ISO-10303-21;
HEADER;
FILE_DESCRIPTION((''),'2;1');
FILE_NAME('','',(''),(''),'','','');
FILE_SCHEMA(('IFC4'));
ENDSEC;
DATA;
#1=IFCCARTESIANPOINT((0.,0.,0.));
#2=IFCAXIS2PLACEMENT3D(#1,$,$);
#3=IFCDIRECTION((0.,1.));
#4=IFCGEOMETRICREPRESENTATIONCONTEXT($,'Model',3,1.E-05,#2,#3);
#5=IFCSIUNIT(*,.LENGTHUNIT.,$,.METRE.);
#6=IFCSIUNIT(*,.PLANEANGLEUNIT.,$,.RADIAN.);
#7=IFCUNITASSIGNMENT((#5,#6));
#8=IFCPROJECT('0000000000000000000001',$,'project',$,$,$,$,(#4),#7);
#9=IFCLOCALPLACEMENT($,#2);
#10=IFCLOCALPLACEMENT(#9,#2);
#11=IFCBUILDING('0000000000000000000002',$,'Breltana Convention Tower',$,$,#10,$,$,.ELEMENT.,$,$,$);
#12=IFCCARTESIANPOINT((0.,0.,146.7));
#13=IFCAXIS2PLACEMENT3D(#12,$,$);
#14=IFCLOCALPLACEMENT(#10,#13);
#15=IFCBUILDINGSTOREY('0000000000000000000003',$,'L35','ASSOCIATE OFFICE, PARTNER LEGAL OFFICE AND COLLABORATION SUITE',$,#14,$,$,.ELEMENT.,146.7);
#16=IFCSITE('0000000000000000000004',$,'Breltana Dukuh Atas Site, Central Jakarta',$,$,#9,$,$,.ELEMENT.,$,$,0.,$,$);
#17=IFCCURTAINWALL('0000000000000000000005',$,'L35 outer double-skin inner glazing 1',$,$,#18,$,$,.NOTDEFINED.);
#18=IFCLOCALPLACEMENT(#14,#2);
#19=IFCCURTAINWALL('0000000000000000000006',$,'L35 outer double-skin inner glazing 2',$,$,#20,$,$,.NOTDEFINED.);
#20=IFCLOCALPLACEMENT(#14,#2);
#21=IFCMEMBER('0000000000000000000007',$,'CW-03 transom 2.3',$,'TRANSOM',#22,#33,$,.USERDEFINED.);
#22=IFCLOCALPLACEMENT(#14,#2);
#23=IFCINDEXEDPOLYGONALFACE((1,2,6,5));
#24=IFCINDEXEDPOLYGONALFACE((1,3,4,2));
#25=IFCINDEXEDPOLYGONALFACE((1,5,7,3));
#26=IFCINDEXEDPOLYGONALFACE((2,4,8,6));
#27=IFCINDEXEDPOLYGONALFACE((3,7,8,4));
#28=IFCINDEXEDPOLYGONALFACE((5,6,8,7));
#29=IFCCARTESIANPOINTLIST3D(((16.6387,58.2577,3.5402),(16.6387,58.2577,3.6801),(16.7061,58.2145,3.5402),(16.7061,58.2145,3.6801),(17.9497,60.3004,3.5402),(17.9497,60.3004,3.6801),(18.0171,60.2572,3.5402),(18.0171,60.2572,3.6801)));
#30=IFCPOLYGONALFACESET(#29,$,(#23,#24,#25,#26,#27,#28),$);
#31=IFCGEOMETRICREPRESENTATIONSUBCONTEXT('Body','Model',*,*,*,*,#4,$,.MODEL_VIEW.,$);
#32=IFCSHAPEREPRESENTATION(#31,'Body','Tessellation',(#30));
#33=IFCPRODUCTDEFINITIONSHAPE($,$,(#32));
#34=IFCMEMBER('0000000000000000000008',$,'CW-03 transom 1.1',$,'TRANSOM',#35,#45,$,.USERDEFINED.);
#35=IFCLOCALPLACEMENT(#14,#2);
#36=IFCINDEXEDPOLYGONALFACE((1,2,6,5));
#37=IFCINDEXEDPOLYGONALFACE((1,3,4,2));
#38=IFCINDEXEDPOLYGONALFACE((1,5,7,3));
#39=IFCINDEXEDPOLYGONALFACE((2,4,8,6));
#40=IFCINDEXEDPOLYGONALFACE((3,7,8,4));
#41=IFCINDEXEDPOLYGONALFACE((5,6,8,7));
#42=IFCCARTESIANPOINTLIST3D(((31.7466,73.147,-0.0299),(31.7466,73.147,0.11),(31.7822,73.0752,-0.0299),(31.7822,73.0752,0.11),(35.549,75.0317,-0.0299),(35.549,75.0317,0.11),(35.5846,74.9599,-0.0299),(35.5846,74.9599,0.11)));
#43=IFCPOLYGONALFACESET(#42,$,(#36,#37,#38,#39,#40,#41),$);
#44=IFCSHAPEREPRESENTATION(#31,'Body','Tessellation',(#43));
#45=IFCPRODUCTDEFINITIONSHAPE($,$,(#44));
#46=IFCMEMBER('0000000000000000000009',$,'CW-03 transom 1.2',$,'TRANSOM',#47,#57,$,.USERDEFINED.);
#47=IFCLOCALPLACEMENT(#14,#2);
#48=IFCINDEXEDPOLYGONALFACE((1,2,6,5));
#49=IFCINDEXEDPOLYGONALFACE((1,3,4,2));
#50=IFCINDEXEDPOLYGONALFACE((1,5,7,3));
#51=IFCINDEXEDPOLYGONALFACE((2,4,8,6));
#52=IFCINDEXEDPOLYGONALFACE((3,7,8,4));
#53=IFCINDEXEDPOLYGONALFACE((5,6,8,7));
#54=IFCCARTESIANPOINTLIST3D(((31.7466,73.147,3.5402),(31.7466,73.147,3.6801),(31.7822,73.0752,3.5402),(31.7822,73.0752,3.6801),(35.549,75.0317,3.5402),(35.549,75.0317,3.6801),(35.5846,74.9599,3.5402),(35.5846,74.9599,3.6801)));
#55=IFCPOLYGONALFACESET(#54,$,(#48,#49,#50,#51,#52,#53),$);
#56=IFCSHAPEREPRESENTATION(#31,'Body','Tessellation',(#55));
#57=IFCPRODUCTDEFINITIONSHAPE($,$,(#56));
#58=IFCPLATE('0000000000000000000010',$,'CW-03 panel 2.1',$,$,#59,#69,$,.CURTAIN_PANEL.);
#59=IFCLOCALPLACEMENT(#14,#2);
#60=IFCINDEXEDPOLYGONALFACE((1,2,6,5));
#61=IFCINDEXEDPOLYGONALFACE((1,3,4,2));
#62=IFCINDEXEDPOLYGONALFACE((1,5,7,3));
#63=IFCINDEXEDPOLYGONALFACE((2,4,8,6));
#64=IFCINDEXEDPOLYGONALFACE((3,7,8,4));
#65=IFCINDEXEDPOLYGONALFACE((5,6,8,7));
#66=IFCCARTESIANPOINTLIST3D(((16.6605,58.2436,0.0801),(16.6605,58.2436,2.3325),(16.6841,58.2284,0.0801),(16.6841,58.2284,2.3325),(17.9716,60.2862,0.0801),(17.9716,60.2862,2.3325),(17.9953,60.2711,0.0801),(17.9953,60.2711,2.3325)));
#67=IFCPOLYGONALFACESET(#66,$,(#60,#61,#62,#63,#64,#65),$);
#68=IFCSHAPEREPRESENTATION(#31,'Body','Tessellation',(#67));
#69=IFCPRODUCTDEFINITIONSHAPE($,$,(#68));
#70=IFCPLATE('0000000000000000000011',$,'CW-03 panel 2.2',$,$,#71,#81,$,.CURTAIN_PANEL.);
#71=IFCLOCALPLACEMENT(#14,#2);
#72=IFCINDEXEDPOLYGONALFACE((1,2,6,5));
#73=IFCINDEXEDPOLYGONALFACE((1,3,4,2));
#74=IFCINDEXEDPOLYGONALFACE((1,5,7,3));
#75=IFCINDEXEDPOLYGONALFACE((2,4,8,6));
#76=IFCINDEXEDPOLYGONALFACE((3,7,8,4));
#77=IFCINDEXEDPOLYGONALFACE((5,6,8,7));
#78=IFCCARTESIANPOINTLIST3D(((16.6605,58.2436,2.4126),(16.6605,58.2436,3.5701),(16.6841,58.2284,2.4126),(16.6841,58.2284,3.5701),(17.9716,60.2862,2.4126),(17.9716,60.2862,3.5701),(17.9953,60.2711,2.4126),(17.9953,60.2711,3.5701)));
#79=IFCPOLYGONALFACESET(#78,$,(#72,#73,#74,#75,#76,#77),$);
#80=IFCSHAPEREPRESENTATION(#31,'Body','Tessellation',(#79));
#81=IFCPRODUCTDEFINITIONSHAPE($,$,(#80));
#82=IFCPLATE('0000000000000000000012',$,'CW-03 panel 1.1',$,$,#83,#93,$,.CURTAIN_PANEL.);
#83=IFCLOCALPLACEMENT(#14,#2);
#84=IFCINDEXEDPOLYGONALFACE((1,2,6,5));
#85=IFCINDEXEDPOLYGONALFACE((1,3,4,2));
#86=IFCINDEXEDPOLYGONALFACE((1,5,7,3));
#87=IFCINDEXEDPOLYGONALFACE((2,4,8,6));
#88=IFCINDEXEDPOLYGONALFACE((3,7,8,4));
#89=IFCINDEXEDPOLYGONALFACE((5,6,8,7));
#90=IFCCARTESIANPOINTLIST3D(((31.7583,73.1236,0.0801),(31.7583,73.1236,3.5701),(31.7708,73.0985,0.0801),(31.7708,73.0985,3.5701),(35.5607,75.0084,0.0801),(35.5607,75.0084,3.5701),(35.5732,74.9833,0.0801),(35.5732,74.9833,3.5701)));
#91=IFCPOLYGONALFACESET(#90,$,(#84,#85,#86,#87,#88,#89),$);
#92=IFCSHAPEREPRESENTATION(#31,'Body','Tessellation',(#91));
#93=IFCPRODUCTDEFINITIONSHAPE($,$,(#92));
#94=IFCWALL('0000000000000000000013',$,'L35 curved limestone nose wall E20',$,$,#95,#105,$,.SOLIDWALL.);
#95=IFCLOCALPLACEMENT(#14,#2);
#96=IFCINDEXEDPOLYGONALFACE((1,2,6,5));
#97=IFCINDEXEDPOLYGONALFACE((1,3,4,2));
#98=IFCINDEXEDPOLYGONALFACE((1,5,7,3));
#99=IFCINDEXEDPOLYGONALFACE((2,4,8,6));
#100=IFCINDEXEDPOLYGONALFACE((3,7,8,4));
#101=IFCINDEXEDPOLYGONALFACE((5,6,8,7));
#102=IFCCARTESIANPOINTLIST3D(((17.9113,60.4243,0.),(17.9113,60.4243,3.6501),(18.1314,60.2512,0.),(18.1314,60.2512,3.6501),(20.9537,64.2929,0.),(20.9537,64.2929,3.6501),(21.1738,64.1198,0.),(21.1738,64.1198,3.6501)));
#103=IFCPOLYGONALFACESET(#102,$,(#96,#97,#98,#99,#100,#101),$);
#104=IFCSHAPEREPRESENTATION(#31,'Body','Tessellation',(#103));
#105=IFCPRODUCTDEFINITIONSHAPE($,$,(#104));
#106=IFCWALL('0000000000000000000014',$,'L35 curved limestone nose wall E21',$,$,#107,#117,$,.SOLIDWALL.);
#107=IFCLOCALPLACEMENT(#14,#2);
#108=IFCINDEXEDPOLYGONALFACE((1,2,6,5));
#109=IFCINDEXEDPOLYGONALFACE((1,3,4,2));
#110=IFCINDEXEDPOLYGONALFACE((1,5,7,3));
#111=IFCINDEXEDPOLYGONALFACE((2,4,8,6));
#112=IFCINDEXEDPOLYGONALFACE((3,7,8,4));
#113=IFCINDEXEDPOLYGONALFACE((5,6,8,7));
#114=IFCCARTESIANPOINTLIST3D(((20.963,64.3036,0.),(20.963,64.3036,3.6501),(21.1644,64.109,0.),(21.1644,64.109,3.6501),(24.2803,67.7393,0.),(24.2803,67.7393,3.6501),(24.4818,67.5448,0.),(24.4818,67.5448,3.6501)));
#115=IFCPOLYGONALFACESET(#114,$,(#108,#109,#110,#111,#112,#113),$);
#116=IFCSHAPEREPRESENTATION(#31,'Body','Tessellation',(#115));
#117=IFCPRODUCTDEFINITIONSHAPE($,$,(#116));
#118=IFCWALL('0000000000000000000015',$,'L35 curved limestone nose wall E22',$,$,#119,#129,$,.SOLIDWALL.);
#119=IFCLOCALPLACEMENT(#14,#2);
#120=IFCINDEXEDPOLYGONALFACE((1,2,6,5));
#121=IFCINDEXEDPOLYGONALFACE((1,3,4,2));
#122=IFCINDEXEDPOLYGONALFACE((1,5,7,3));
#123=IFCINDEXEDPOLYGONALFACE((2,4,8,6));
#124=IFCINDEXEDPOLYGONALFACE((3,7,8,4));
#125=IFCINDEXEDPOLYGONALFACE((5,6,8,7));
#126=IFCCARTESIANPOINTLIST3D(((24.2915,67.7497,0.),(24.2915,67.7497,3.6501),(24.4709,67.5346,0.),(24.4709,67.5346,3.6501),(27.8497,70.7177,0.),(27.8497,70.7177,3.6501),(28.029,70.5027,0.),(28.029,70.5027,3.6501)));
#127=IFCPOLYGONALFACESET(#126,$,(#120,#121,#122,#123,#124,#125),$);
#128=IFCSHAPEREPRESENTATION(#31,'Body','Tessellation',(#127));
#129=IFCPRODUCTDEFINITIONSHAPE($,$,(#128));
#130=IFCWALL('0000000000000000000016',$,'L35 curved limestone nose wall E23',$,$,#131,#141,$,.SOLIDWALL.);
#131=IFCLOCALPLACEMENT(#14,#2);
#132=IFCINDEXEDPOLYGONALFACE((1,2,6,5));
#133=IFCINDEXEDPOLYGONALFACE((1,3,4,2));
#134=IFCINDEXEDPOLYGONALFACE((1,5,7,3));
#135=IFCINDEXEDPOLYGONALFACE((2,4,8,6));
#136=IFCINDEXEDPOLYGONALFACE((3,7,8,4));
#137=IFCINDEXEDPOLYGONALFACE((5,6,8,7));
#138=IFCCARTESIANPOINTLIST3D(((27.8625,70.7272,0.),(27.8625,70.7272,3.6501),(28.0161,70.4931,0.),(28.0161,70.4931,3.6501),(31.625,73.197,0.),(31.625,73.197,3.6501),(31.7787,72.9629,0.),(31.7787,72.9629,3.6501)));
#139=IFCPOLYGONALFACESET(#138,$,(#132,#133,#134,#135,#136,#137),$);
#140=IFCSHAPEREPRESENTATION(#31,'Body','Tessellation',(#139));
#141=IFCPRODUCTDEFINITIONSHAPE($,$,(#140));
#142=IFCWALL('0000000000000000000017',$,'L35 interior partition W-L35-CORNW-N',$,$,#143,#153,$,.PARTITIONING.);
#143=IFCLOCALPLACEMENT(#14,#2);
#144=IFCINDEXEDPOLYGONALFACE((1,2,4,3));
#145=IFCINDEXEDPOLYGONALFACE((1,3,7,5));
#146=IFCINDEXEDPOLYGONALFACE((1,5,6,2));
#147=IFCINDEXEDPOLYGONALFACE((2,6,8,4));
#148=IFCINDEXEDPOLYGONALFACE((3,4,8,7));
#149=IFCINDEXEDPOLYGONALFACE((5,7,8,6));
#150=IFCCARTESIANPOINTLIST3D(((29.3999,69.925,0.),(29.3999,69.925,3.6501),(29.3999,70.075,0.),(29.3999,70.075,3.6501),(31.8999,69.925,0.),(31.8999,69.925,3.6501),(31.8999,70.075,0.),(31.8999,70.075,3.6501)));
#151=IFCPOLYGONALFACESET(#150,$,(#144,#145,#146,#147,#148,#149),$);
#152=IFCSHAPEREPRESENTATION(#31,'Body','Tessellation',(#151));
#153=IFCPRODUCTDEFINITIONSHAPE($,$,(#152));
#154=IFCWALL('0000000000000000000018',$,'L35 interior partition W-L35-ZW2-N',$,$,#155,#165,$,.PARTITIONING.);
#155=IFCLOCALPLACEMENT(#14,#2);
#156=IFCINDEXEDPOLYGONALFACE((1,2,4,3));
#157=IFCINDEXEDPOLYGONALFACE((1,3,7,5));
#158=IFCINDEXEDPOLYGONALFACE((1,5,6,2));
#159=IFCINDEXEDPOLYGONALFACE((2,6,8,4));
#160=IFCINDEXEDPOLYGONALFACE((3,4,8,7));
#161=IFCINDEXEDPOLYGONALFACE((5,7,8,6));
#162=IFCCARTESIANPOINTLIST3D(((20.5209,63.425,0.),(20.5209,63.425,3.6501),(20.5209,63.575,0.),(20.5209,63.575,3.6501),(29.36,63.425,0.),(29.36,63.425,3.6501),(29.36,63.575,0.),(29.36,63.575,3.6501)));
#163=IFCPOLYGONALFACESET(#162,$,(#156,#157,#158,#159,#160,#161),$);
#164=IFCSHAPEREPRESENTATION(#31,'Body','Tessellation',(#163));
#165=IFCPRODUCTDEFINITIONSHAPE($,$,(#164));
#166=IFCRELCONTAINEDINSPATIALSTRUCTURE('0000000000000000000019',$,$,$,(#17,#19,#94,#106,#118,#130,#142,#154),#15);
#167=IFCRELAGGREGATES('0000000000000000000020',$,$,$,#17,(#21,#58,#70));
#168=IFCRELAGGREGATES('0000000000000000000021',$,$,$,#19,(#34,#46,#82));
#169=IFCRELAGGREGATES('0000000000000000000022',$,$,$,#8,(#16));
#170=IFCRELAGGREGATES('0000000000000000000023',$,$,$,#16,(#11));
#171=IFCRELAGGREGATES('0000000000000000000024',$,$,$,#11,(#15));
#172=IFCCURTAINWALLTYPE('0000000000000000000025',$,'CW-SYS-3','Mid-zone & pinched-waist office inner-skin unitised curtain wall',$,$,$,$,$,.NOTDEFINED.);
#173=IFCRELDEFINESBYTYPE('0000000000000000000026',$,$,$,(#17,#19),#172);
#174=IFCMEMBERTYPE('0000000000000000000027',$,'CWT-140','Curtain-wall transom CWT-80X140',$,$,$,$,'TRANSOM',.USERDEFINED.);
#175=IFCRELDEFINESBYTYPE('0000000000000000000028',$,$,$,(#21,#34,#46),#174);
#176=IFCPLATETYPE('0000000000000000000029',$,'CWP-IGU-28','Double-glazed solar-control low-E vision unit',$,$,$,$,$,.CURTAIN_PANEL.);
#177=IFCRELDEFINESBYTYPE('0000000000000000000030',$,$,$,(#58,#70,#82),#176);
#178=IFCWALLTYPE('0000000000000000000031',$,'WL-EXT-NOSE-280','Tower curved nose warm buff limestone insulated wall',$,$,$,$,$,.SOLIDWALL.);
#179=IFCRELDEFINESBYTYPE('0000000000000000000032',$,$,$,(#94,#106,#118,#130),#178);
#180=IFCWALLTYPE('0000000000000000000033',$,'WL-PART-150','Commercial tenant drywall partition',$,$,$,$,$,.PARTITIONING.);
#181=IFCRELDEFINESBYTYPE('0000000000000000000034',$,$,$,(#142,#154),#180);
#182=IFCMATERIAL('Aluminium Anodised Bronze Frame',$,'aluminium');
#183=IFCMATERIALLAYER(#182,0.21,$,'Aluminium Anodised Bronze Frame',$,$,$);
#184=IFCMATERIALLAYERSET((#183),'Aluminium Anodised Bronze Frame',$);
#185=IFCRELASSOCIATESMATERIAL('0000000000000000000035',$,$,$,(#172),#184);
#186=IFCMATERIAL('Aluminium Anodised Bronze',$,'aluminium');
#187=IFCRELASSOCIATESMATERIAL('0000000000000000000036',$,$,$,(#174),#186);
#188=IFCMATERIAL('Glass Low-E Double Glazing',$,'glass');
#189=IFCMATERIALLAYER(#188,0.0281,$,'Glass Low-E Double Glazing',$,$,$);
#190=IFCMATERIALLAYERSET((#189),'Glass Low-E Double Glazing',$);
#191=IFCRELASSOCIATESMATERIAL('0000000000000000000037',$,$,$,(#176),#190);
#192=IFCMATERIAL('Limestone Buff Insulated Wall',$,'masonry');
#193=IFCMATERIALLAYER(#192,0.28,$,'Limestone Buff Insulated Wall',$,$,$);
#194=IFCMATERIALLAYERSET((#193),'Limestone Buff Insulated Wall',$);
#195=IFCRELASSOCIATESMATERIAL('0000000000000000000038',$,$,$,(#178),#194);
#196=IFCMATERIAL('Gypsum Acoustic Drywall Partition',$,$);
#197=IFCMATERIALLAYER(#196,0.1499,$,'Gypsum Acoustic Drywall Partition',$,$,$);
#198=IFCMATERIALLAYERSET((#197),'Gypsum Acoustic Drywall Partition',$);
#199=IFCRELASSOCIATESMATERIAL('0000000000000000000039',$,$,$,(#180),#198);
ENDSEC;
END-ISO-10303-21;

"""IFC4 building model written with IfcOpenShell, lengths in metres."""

from ifc_helpers import new_model, si_unit, direction, frame, frame_2d, origin, origin_2d, place, context, subcontext, project, spatial, rectangle, extrude, source, transform, mapped, material, layer, layer_set, material_profile, profile_set, type_object, element, aggregate, save


model = new_model("IFC4")

# Units and contexts
model_context = context("Model", 3, precision=1e-05, world=origin(), true_north=direction((0.0, 1.0)))
body_context = subcontext(model_context, "Body", "Model", "MODEL_VIEW")
ifc_project = project(units=[si_unit("LENGTHUNIT", "METRE"), si_unit("PLANEANGLEUNIT", "RADIAN")], contexts=[model_context])

# Site, building, storey
site_placement = place(None, origin())
site = spatial("IfcSite", under=ifc_project, at=site_placement, Name="Breltana Dukuh Atas Site, Central Jakarta", CompositionType="ELEMENT", RefElevation=0.0)
building_placement = place(site_placement, origin())
building = spatial("IfcBuilding", under=site, at=building_placement, Name="Breltana Convention Tower", CompositionType="ELEMENT")
storey_placement = place(building_placement, frame((0.0, 0.0, 146.7)))
storey = spatial("IfcBuildingStorey", under=building, at=storey_placement, Name="L35", Description="ASSOCIATE OFFICE, PARTNER LEGAL OFFICE AND COLLABORATION SUITE", CompositionType="ELEMENT", Elevation=146.7)

# Curtain walls
ifc_material_1 = material(Name="Aluminium Anodised Bronze Frame", Category="aluminium")
ifc_layer_1 = layer(ifc_material_1, 0.21, Name="Aluminium Anodised Bronze Frame")
ifc_layer_set_1 = layer_set([ifc_layer_1], Name="Aluminium Anodised Bronze Frame")
curtain_wall_type = type_object("IfcCurtainWallType", Name="CW-SYS-3", Description="Mid-zone & pinched-waist office inner-skin unitised curtain wall", PredefinedType="NOTDEFINED", material=ifc_layer_set_1)
curtain_wall_1_placement = place(storey_placement, origin())
curtain_wall_1 = element("IfcCurtainWall", 1, at=curtain_wall_1_placement, inside=storey, type_object=curtain_wall_type, Name="L35 outer double-skin inner glazing 1", PredefinedType="NOTDEFINED")
ifc_material_2 = material(Name="Aluminium Anodised Bronze", Category="aluminium")
curtain_wall_2_placement = place(storey_placement, origin())
curtain_wall_2 = element("IfcCurtainWall", 2, at=curtain_wall_2_placement, inside=storey, type_object=curtain_wall_type, Name="L35 outer double-skin inner glazing 2", PredefinedType="NOTDEFINED")

# Members
ifc_material_profile_1 = material_profile(ifc_material_2, rectangle(XDim=0.0801, YDim=0.1399, at=origin_2d()), Name="CWT-80X140")
ifc_profile_set_1 = profile_set([ifc_material_profile_1], Name="Aluminium Anodised Bronze")
member_type_1 = type_object("IfcMemberType", Name="CWT-140", Description="Curtain-wall transom CWT-80X140", ElementType="TRANSOM", PredefinedType="USERDEFINED", material=ifc_profile_set_1)
shared_shape_1 = source(origin(), body_context, "Body", "SweptSolid", [
    extrude(rectangle(XDim=0.0801, YDim=0.1399, at=origin_2d()), origin(), (0.0, 0.0, 1.0), 2.4272),
])
member_1_placement = place(storey_placement, frame((16.6724, 58.2361, 3.6101), z_axis=(0.540132, 0.84158, 0.0), x_axis=(-0.84158, 0.540132, 0.0)))
member_1 = element("IfcMember", 3, at=member_1_placement, type_object=member_type_1, Name="CW-03 transom 2.3", ObjectType="TRANSOM", PredefinedType="USERDEFINED", context=body_context, shape_type="MappedRepresentation", body=[
    mapped(shared_shape_1, transform((0.0, 0.0, 0.0), scale=1.0)),
])
shared_shape_2 = source(origin(), body_context, "Body", "SweptSolid", [
    extrude(rectangle(XDim=0.0801, YDim=0.1399, at=origin_2d()), origin(), (0.0, 0.0, 1.0), 4.2439),
])
member_2_placement = place(storey_placement, frame((31.7644, 73.1111, 0.04), z_axis=(0.895975, 0.444104, 0.0), x_axis=(-0.444104, 0.895975, 0.0)))
member_2 = element("IfcMember", 4, at=member_2_placement, type_object=member_type_1, Name="CW-03 transom 1.1", ObjectType="TRANSOM", PredefinedType="USERDEFINED", context=body_context, shape_type="MappedRepresentation", body=[
    mapped(shared_shape_2, transform((0.0, 0.0, 0.0), scale=1.0)),
])
member_3_placement = place(storey_placement, frame((31.7644, 73.1111, 3.6101), z_axis=(0.895975, 0.444104, 0.0), x_axis=(-0.444104, 0.895975, 0.0)))
member_3 = element("IfcMember", 5, at=member_3_placement, type_object=member_type_1, Name="CW-03 transom 1.2", ObjectType="TRANSOM", PredefinedType="USERDEFINED", context=body_context, shape_type="MappedRepresentation", body=[
    mapped(shared_shape_2, transform((0.0, 0.0, 0.0), scale=1.0)),
])

# Plates
ifc_material_3 = material(Name="Glass Low-E Double Glazing", Category="glass")
ifc_layer_2 = layer(ifc_material_3, 0.0281, Name="Glass Low-E Double Glazing")
ifc_layer_set_2 = layer_set([ifc_layer_2], Name="Glass Low-E Double Glazing")
plate_type = type_object("IfcPlateType", Name="CWP-IGU-28", Description="Double-glazed solar-control low-E vision unit", PredefinedType="CURTAIN_PANEL", material=ifc_layer_set_2)
shared_shape_3 = source(origin(), body_context, "Body", "SweptSolid", [
    extrude(rectangle(XDim=2.4272, YDim=0.0281, at=origin_2d()), origin(), (0.0, 0.0, 1.0), 2.2524),
])
plate_1_placement = place(storey_placement, frame((17.3279, 59.2573, 0.0801), z_axis=(0.0, 0.0, 1.0), x_axis=(0.540173, 0.841554, 0.0)))
plate_1 = element("IfcPlate", 6, at=plate_1_placement, type_object=plate_type, Name="CW-03 panel 2.1", PredefinedType="CURTAIN_PANEL", context=body_context, shape_type="MappedRepresentation", body=[
    mapped(shared_shape_3, transform((0.0, 0.0, 0.0), scale=1.0)),
])
shared_shape_4 = source(origin(), body_context, "Body", "SweptSolid", [
    extrude(rectangle(XDim=2.4272, YDim=0.0281, at=origin_2d()), origin(), (0.0, 0.0, 1.0), 1.1575),
])
plate_2_placement = place(storey_placement, frame((17.3279, 59.2573, 2.4126), z_axis=(0.0, 0.0, 1.0), x_axis=(0.540173, 0.841554, 0.0)))
plate_2 = element("IfcPlate", 7, at=plate_2_placement, type_object=plate_type, Name="CW-03 panel 2.2", PredefinedType="CURTAIN_PANEL", context=body_context, shape_type="MappedRepresentation", body=[
    mapped(shared_shape_4, transform((0.0, 0.0, 0.0), scale=1.0)),
])
aggregate(curtain_wall_1, [member_1, plate_1, plate_2])
shared_shape_5 = source(origin(), body_context, "Body", "SweptSolid", [
    extrude(rectangle(XDim=4.2439, YDim=0.0281, at=origin_2d()), origin(), (0.0, 0.0, 1.0), 3.49),
])
plate_3_placement = place(storey_placement, frame((33.6658, 74.0535, 0.0801), z_axis=(0.0, 0.0, 1.0), x_axis=(0.895968, 0.444118, 0.0)))
plate_3 = element("IfcPlate", 8, at=plate_3_placement, type_object=plate_type, Name="CW-03 panel 1.1", PredefinedType="CURTAIN_PANEL", context=body_context, shape_type="MappedRepresentation", body=[
    mapped(shared_shape_5, transform((0.0, 0.0, 0.0), scale=1.0)),
])
aggregate(curtain_wall_2, [member_2, member_3, plate_3])

# Walls
ifc_material_4 = material(Name="Limestone Buff Insulated Wall", Category="masonry")
ifc_layer_3 = layer(ifc_material_4, 0.28, Name="Limestone Buff Insulated Wall")
ifc_layer_set_3 = layer_set([ifc_layer_3], Name="Limestone Buff Insulated Wall")
wall_type_1 = type_object("IfcWallType", Name="WL-EXT-NOSE-280", Description="Tower curved nose warm buff limestone insulated wall", PredefinedType="SOLIDWALL", material=ifc_layer_set_3)
shared_shape_6 = source(origin(), body_context, "Body", "SweptSolid", [
    extrude(rectangle(XDim=4.9216, YDim=0.28, at=frame_2d((2.4609, 0.0))), origin(), (0.0, 0.0, 1.0), 3.6501),
])
wall_1_placement = place(storey_placement, frame((18.0212, 60.3376, 0.0), z_axis=(0.0, 0.0, 1.0), x_axis=(0.618176, 0.786039, 0.0)))
element("IfcWall", 9, at=wall_1_placement, inside=storey, type_object=wall_type_1, Name="L35 curved limestone nose wall E20", PredefinedType="SOLIDWALL", context=body_context, shape_type="MappedRepresentation", body=[
    mapped(shared_shape_6, transform((0.0, 0.0, 0.0), scale=1.0)),
])
shared_shape_7 = source(origin(), body_context, "Body", "SweptSolid", [
    extrude(rectangle(XDim=4.7759, YDim=0.28, at=frame_2d((2.3879, 0.0))), origin(), (0.0, 0.0, 1.0), 3.6501),
])
wall_2_placement = place(storey_placement, frame((21.0637, 64.2063, 0.0), z_axis=(0.0, 0.0, 1.0), x_axis=(0.694602, 0.719394, 0.0)))
element("IfcWall", 10, at=wall_2_placement, inside=storey, type_object=wall_type_1, Name="L35 curved limestone nose wall E21", PredefinedType="SOLIDWALL", context=body_context, shape_type="MappedRepresentation", body=[
    mapped(shared_shape_7, transform((0.0, 0.0, 0.0), scale=1.0)),
])
shared_shape_8 = source(origin(), body_context, "Body", "SweptSolid", [
    extrude(rectangle(XDim=4.6335, YDim=0.28, at=frame_2d((2.3169, 0.0))), origin(), (0.0, 0.0, 1.0), 3.6501),
])
wall_3_placement = place(storey_placement, frame((24.3811, 67.6421, 0.0), z_axis=(0.0, 0.0, 1.0), x_axis=(0.76791, 0.640557, 0.0)))
element("IfcWall", 11, at=wall_3_placement, inside=storey, type_object=wall_type_1, Name="L35 curved limestone nose wall E22", PredefinedType="SOLIDWALL", context=body_context, shape_type="MappedRepresentation", body=[
    mapped(shared_shape_8, transform((0.0, 0.0, 0.0), scale=1.0)),
])
shared_shape_9 = source(origin(), body_context, "Body", "SweptSolid", [
    extrude(rectangle(XDim=4.5007, YDim=0.28, at=frame_2d((2.2505, 0.0))), origin(), (0.0, 0.0, 1.0), 3.6501),
])
wall_4_placement = place(storey_placement, frame((27.9392, 70.6101, 0.0), z_axis=(0.0, 0.0, 1.0), x_axis=(0.835985, 0.548752, 0.0)))
element("IfcWall", 12, at=wall_4_placement, inside=storey, type_object=wall_type_1, Name="L35 curved limestone nose wall E23", PredefinedType="SOLIDWALL", context=body_context, shape_type="MappedRepresentation", body=[
    mapped(shared_shape_9, transform((0.0, 0.0, 0.0), scale=1.0)),
])
ifc_material_5 = material(Name="Gypsum Acoustic Drywall Partition")
ifc_layer_4 = layer(ifc_material_5, 0.1499, Name="Gypsum Acoustic Drywall Partition")
ifc_layer_set_4 = layer_set([ifc_layer_4], Name="Gypsum Acoustic Drywall Partition")
wall_type_2 = type_object("IfcWallType", Name="WL-PART-150", Description="Commercial tenant drywall partition", PredefinedType="PARTITIONING", material=ifc_layer_set_4)
shared_shape_10 = source(origin(), body_context, "Body", "SweptSolid", [
    extrude(rectangle(XDim=2.5, YDim=0.1499, at=frame_2d((1.25, 0.0))), origin(), (0.0, 0.0, 1.0), 3.6501),
])
wall_5_placement = place(storey_placement, frame((29.3999, 70.0, 0.0), z_axis=(0.0, 0.0, 1.0), x_axis=(1.0, 0.0, 0.0)))
element("IfcWall", 13, at=wall_5_placement, inside=storey, type_object=wall_type_2, Name="L35 interior partition W-L35-CORNW-N", PredefinedType="PARTITIONING", context=body_context, shape_type="MappedRepresentation", body=[
    mapped(shared_shape_10, transform((0.0, 0.0, 0.0), scale=1.0)),
])
shared_shape_11 = source(origin(), body_context, "Body", "SweptSolid", [
    extrude(rectangle(XDim=8.8391, YDim=0.1499, at=frame_2d((4.4194, 0.0))), origin(), (0.0, 0.0, 1.0), 3.6501),
])
wall_6_placement = place(storey_placement, frame((20.521, 63.5, 0.0), z_axis=(0.0, 0.0, 1.0), x_axis=(1.0, 0.0, 0.0)))
element("IfcWall", 14, at=wall_6_placement, inside=storey, type_object=wall_type_2, Name="L35 interior partition W-L35-ZW2-N", PredefinedType="PARTITIONING", context=body_context, shape_type="MappedRepresentation", body=[
    mapped(shared_shape_11, transform((0.0, 0.0, 0.0), scale=1.0)),
])

save(model, "model.ifc")
